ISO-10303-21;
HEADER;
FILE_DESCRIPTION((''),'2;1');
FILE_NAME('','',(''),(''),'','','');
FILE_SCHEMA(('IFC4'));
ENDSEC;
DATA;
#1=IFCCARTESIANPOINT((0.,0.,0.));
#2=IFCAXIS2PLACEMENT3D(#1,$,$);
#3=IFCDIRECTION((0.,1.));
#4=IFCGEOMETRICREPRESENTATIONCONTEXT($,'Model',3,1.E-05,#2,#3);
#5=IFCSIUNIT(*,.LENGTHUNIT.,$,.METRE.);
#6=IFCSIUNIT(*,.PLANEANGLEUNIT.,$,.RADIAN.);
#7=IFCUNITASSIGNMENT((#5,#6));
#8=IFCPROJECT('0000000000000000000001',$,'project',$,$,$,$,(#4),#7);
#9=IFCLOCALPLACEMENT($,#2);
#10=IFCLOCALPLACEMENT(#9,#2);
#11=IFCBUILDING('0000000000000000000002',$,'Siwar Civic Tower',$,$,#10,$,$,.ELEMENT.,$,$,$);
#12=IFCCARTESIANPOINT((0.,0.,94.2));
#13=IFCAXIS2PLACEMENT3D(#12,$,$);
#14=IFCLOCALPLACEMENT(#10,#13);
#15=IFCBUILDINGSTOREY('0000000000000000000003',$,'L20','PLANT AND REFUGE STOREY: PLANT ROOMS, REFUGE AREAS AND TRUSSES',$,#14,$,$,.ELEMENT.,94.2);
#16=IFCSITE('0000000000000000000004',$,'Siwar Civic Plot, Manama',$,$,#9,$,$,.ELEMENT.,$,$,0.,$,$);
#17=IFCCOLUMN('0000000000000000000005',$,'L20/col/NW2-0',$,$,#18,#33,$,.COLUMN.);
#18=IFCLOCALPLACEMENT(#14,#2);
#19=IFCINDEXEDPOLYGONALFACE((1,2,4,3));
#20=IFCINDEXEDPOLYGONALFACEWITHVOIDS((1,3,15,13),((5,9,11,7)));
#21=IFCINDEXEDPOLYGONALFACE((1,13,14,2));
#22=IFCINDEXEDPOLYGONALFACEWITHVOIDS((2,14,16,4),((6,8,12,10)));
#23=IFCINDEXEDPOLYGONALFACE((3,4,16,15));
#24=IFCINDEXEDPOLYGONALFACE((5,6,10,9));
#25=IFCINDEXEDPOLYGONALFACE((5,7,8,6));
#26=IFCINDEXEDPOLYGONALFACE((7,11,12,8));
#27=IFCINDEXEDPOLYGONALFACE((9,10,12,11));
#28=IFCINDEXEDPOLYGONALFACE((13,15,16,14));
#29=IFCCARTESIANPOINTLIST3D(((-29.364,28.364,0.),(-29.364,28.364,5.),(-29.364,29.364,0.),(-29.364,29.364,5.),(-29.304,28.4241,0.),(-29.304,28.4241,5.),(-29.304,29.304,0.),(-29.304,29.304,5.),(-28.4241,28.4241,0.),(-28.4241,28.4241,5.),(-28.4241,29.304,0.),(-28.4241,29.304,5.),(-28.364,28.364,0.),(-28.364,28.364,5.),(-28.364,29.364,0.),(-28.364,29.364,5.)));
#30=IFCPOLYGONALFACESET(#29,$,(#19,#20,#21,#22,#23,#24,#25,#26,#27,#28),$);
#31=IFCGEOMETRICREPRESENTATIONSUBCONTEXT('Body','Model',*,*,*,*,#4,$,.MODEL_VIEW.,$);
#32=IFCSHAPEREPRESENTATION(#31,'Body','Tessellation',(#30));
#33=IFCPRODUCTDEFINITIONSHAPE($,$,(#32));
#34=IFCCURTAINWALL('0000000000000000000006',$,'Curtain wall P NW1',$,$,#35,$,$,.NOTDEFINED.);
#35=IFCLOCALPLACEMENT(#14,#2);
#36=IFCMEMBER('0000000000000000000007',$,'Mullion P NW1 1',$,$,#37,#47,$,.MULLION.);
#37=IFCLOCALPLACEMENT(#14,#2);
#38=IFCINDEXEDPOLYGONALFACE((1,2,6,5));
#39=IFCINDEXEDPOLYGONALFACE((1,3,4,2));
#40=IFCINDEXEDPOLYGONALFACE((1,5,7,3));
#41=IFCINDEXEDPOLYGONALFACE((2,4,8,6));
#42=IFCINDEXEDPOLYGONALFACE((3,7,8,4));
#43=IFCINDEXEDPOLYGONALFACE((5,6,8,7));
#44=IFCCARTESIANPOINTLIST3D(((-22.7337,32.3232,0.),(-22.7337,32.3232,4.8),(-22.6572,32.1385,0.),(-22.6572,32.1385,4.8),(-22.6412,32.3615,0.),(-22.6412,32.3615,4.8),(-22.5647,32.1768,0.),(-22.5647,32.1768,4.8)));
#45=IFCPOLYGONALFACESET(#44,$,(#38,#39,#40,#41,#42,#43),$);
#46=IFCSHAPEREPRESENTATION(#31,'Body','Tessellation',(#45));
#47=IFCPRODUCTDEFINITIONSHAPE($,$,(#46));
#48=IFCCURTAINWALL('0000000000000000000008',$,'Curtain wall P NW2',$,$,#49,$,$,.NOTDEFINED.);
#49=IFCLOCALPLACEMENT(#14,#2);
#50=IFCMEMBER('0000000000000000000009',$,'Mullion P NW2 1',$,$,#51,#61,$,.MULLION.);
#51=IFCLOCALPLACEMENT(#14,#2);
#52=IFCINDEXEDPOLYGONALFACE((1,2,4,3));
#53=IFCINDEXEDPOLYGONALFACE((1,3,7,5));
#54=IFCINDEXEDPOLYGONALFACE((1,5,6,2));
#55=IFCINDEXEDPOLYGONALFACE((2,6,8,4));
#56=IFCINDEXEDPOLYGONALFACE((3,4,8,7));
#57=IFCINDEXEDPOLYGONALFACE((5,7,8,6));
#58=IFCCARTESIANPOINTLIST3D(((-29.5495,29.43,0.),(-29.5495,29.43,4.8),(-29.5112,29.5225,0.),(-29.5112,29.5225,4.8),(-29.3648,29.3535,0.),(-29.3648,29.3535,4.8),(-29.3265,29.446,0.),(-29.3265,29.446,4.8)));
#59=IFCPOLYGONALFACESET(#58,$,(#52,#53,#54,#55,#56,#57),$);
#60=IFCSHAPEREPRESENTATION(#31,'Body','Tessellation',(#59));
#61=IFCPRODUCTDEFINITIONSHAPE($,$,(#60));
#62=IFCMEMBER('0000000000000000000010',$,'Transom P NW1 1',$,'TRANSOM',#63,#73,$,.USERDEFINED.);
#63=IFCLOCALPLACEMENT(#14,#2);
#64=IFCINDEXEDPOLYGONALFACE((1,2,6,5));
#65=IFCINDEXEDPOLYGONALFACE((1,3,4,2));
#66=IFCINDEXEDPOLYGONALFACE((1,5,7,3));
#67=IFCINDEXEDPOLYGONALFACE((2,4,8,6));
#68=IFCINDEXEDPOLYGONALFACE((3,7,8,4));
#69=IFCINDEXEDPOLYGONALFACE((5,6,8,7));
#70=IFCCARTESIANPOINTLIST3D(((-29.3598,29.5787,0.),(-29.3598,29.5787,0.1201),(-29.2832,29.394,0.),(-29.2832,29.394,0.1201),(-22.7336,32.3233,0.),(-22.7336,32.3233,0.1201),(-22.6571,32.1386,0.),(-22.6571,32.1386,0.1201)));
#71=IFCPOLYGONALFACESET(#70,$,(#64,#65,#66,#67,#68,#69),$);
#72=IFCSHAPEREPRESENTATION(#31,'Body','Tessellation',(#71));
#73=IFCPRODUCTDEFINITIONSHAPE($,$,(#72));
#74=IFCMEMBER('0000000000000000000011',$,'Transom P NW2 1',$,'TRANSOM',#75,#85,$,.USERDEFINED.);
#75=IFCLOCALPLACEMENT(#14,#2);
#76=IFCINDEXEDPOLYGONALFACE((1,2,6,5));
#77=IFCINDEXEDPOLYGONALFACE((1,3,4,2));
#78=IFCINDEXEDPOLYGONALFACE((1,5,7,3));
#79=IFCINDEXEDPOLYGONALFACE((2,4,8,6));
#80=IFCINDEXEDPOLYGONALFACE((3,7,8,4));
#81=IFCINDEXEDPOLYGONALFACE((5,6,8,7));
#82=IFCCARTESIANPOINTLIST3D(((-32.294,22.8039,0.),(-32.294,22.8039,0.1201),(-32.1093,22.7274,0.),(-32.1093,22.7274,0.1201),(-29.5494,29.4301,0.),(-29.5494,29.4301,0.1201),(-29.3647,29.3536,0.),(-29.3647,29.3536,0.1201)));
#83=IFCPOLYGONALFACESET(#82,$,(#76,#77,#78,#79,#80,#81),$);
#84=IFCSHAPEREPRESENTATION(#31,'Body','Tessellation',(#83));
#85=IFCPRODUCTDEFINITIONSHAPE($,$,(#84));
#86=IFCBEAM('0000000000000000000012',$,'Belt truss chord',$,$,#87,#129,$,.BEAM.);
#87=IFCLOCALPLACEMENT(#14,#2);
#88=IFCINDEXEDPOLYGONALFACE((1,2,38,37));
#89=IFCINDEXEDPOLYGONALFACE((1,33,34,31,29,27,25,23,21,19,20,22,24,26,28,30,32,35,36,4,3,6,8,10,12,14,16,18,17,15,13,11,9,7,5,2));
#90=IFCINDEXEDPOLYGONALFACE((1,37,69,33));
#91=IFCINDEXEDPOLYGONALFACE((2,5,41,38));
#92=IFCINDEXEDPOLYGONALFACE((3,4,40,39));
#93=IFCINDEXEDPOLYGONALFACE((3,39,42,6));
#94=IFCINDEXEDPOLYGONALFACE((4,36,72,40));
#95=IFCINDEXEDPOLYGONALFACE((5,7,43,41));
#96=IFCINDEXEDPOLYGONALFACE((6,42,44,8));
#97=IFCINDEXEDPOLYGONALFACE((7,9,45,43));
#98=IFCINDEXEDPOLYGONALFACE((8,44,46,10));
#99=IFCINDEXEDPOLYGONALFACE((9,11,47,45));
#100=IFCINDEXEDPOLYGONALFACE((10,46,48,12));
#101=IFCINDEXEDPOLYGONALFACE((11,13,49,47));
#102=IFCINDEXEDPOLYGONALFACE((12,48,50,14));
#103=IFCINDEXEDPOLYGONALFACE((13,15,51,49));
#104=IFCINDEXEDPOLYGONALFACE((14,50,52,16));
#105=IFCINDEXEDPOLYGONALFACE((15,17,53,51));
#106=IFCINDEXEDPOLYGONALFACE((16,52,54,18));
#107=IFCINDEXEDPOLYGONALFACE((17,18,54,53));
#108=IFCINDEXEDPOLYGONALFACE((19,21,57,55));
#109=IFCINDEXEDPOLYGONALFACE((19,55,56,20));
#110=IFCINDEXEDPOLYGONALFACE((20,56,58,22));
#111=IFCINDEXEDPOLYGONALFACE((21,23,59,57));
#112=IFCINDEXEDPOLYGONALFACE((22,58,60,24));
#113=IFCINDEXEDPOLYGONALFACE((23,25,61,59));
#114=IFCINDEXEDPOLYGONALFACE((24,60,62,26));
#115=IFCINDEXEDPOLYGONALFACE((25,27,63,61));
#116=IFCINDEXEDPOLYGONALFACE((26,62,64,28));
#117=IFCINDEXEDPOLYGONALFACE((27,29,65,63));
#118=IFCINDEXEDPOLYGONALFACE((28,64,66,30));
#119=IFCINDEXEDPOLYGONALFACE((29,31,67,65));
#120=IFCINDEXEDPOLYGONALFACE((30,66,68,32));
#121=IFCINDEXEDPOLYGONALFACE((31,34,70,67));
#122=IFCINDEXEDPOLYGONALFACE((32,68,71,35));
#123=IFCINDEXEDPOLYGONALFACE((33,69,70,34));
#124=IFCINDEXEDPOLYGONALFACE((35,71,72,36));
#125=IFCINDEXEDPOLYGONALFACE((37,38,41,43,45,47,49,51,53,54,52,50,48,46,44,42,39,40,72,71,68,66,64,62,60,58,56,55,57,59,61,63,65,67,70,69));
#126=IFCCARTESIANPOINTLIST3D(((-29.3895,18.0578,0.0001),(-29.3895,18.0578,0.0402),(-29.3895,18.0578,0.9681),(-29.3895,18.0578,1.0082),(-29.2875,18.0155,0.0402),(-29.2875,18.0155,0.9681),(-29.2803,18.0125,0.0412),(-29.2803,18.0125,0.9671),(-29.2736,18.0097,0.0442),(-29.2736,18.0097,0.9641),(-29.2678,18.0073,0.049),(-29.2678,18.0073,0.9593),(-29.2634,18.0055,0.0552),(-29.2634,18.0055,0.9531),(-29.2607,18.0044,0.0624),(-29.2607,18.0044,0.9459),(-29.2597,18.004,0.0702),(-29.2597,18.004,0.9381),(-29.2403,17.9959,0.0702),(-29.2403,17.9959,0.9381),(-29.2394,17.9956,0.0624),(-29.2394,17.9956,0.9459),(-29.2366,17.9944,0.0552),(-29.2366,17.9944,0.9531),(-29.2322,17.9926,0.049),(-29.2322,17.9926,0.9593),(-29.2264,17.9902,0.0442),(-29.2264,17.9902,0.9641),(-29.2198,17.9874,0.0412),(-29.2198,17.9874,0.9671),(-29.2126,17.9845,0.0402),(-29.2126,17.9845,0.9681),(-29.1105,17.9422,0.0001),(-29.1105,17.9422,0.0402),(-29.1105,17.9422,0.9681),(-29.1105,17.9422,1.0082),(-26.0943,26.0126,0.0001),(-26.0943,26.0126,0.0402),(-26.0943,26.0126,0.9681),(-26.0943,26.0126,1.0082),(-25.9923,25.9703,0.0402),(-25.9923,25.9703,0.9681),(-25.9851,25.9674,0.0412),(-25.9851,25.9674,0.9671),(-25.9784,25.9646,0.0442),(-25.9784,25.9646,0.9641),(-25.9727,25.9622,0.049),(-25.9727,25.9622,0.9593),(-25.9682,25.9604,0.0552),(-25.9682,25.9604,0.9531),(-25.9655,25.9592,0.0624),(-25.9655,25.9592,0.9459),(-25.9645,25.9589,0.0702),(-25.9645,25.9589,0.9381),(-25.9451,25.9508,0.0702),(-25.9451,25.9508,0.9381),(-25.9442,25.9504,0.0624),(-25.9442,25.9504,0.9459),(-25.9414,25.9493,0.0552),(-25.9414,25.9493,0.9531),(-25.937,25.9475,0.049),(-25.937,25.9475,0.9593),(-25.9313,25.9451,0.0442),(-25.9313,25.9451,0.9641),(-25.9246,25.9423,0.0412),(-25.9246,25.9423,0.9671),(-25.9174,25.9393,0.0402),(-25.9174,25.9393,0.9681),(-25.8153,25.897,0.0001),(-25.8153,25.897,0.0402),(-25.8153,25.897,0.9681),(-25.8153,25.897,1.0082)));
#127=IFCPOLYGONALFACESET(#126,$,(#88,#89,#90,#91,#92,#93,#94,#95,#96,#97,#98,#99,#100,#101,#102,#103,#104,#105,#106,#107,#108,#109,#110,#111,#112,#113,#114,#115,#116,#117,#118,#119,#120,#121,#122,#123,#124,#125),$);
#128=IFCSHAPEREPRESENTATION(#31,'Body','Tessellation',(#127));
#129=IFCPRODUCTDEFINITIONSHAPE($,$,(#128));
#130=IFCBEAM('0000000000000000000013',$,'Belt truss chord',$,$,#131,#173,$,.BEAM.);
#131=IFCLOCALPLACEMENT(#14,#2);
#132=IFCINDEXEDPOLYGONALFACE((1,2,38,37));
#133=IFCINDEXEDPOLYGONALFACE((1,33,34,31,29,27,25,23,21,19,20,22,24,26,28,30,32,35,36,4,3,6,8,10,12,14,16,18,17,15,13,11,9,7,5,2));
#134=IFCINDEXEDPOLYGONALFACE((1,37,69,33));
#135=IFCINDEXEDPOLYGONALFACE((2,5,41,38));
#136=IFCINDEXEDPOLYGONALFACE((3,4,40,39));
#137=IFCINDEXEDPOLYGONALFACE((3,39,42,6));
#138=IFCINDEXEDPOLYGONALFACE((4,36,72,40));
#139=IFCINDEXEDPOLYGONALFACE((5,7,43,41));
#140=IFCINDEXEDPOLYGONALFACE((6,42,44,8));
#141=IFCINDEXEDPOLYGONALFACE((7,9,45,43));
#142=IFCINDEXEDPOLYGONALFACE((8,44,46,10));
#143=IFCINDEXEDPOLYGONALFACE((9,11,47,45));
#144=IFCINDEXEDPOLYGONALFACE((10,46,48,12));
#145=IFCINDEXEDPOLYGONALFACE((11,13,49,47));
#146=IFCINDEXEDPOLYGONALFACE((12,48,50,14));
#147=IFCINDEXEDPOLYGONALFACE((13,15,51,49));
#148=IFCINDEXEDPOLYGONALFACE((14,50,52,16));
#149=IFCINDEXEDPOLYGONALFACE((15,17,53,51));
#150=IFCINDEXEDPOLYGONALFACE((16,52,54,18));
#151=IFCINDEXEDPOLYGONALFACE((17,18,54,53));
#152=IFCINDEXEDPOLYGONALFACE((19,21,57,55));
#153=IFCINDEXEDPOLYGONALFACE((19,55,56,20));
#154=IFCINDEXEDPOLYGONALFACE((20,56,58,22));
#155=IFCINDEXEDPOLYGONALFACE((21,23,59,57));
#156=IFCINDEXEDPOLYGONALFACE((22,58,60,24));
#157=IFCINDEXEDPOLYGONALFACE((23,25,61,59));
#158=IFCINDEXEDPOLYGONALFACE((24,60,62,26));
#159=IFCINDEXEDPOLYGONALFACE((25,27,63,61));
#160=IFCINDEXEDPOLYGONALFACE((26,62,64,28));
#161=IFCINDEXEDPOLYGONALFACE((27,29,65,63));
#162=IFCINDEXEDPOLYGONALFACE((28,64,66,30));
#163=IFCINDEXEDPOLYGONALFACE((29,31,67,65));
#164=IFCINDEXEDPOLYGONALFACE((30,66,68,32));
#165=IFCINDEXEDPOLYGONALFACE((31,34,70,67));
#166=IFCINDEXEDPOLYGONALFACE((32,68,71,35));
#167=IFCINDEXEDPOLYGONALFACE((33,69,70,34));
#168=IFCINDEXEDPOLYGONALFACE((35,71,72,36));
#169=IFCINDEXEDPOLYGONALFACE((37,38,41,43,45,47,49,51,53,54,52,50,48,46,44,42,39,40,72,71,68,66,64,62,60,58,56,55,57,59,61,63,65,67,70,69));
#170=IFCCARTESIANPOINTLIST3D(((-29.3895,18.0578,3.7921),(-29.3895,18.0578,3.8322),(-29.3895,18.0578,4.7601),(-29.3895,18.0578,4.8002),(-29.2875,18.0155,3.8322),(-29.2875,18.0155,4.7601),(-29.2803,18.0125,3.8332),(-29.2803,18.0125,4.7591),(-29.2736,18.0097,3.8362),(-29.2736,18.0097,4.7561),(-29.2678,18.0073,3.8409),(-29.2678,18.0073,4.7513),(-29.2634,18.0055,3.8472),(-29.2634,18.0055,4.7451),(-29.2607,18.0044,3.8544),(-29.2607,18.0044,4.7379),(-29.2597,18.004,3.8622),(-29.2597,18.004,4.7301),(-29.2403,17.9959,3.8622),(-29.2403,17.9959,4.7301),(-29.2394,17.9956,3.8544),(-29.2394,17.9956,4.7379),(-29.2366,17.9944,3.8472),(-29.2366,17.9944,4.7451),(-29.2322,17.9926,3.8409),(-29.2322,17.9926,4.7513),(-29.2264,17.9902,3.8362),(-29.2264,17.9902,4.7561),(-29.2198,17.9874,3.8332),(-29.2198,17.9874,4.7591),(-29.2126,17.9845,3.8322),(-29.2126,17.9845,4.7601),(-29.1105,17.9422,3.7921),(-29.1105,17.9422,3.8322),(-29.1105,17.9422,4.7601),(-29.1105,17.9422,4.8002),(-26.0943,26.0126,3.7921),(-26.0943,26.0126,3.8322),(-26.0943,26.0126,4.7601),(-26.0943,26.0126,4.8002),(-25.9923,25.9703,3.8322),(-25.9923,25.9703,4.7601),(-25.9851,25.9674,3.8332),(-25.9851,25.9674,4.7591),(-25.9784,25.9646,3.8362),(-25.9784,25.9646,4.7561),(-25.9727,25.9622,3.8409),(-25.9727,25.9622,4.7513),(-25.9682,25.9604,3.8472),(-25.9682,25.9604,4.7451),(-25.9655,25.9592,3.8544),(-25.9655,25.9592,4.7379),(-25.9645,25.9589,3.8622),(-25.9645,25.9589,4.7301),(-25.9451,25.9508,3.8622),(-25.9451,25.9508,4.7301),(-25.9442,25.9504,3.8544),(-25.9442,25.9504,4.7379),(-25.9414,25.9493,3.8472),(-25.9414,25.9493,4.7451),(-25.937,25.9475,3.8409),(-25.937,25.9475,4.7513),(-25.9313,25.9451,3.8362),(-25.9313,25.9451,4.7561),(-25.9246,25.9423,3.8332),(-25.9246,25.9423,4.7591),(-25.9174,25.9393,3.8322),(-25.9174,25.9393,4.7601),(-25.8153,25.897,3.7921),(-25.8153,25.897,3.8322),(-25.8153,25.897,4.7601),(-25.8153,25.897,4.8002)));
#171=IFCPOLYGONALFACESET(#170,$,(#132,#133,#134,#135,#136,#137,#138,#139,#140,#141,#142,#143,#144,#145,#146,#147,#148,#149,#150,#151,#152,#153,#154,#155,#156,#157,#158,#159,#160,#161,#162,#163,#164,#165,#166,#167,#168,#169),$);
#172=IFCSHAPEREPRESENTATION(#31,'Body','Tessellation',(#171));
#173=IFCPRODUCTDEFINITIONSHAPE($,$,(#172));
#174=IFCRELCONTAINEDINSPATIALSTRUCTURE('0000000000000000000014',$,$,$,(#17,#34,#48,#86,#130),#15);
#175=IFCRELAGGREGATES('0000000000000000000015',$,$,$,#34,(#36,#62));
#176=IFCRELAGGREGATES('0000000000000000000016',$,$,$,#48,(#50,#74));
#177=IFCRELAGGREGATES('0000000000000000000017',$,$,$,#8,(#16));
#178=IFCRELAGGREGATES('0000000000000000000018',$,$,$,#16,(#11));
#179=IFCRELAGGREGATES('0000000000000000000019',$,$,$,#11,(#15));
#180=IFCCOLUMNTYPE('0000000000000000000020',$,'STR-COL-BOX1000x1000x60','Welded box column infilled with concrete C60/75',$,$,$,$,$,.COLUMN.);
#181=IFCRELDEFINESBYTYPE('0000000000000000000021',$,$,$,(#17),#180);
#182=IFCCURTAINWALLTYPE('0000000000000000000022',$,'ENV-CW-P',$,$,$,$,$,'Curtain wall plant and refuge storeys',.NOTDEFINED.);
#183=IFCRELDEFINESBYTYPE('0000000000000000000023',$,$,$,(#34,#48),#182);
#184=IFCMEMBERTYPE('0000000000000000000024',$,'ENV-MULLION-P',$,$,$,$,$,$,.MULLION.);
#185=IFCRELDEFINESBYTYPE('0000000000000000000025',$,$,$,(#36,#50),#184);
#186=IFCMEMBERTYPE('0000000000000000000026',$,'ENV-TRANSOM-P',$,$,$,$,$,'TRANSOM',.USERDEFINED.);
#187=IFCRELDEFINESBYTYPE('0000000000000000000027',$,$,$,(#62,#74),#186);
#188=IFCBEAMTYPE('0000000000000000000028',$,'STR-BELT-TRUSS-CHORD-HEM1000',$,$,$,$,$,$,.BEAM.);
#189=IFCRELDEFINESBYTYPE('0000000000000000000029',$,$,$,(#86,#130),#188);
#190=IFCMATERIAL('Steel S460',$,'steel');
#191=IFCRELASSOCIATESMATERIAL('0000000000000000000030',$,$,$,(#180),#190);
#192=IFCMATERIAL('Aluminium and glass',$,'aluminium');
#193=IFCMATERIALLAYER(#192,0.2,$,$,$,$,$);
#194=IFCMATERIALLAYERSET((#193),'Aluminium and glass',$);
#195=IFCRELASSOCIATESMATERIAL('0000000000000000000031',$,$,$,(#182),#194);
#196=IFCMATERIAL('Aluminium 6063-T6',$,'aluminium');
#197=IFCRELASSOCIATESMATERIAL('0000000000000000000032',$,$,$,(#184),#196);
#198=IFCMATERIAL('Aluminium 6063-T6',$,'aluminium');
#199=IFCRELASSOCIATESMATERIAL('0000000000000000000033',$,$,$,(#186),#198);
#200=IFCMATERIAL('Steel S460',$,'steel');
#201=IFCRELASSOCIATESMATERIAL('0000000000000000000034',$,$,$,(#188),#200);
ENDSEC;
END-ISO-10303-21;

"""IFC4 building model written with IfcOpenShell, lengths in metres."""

from ifc_helpers import new_model, si_unit, direction, frame, origin, origin_2d, place, context, subcontext, project, spatial, rectangle, hollow_rectangle, i_section, extrude, material, layer, layer_set, material_profile, profile_set, type_object, element, aggregate, save


model = new_model("IFC4")

# Units and contexts
model_context = context("Model", 3, precision=1e-05, world=origin(), true_north=direction((0.0, 1.0)))
body_context = subcontext(model_context, "Body", "Model", "MODEL_VIEW")
ifc_project = project(units=[si_unit("LENGTHUNIT", "METRE"), si_unit("PLANEANGLEUNIT", "RADIAN")], contexts=[model_context])

# Site, building, storey
site_placement = place(None, origin())
site = spatial("IfcSite", under=ifc_project, at=site_placement, Name="Siwar Civic Plot, Manama", CompositionType="ELEMENT", RefElevation=0.0)
building_placement = place(site_placement, origin())
building = spatial("IfcBuilding", under=site, at=building_placement, Name="Siwar Civic Tower", CompositionType="ELEMENT")
storey_placement = place(building_placement, frame((0.0, 0.0, 94.2)))
storey = spatial("IfcBuildingStorey", under=building, at=storey_placement, Name="L20", Description="PLANT AND REFUGE STOREY: PLANT ROOMS, REFUGE AREAS AND TRUSSES", CompositionType="ELEMENT", Elevation=94.2)

# Column
ifc_material_1 = material(Name="Steel S460", Category="steel")
ifc_material_profile_1 = material_profile(ifc_material_1, hollow_rectangle(XDim=1.0, YDim=1.0, WallThickness=0.0601, at=origin_2d()), Name="BOX1000x1000x60")
ifc_profile_set_1 = profile_set([ifc_material_profile_1], Name="Steel S460")
column_type = type_object("IfcColumnType", Name="STR-COL-BOX1000x1000x60", Description="Welded box column infilled with concrete C60/75", PredefinedType="COLUMN", material=ifc_profile_set_1)
column_placement = place(storey_placement, frame((-28.864, 28.864, 0.0), z_axis=(0.0, 0.0, 1.0), x_axis=(1.0, 0.0, 0.0)))
element("IfcColumn", 1, at=column_placement, inside=storey, type_object=column_type, Name="L20/col/NW2-0", PredefinedType="COLUMN", context=body_context, shape_type="SweptSolid", body=[
    extrude(hollow_rectangle(XDim=1.0, YDim=1.0, WallThickness=0.0601, at=origin_2d()), origin(), (0.0, 0.0, 1.0), 5.0),
])

# Curtain walls, members
ifc_material_2 = material(Name="Aluminium and glass", Category="aluminium")
ifc_layer_1 = layer(ifc_material_2, 0.2)
ifc_layer_set_1 = layer_set([ifc_layer_1], Name="Aluminium and glass")
curtain_wall_type = type_object("IfcCurtainWallType", Name="ENV-CW-P", ElementType="Curtain wall plant and refuge storeys", PredefinedType="NOTDEFINED", material=ifc_layer_set_1)
curtain_wall_1_placement = place(storey_placement, origin())
curtain_wall_1 = element("IfcCurtainWall", 2, at=curtain_wall_1_placement, inside=storey, type_object=curtain_wall_type, Name="Curtain wall P NW1", PredefinedType="NOTDEFINED")
ifc_material_3 = material(Name="Aluminium 6063-T6", Category="aluminium")
ifc_material_profile_2 = material_profile(ifc_material_3, rectangle(XDim=0.2, YDim=0.1001, at=origin_2d()), Name="AL 200x100")
ifc_profile_set_2 = profile_set([ifc_material_profile_2], Name="Aluminium 6063-T6")
member_type_1 = type_object("IfcMemberType", Name="ENV-MULLION-P", PredefinedType="MULLION", material=ifc_profile_set_2)
member_1_placement = place(storey_placement, frame((-22.6492, 32.25, 0.0), z_axis=(0.0, 0.0, 1.0), x_axis=(0.382683, -0.92388, 0.0)))
member_1 = element("IfcMember", 3, at=member_1_placement, type_object=member_type_1, Name="Mullion P NW1 1", PredefinedType="MULLION", context=body_context, shape_type="SweptSolid", body=[
    extrude(rectangle(XDim=0.2, YDim=0.1001, at=origin_2d()), origin(), (0.0, 0.0, 1.0), 4.8),
])
curtain_wall_2_placement = place(storey_placement, origin())
curtain_wall_2 = element("IfcCurtainWall", 4, at=curtain_wall_2_placement, inside=storey, type_object=curtain_wall_type, Name="Curtain wall P NW2", PredefinedType="NOTDEFINED")
member_2_placement = place(storey_placement, frame((-29.438, 29.438, 0.0), z_axis=(0.0, 0.0, 1.0), x_axis=(0.92388, -0.382683, 0.0)))
member_2 = element("IfcMember", 5, at=member_2_placement, type_object=member_type_1, Name="Mullion P NW2 1", PredefinedType="MULLION", context=body_context, shape_type="SweptSolid", body=[
    extrude(rectangle(XDim=0.2, YDim=0.1001, at=origin_2d()), origin(), (0.0, 0.0, 1.0), 4.8),
])

# Members
ifc_material_4 = material(Name="Aluminium 6063-T6", Category="aluminium")
ifc_material_profile_3 = material_profile(ifc_material_4, rectangle(XDim=0.2, YDim=0.1201, at=origin_2d()), Name="AL 200x120")
ifc_profile_set_3 = profile_set([ifc_material_profile_3], Name="Aluminium 6063-T6")
member_type_2 = type_object("IfcMemberType", Name="ENV-TRANSOM-P", ElementType="TRANSOM", PredefinedType="USERDEFINED", material=ifc_profile_set_3)
member_3_placement = place(storey_placement, frame((-22.6953, 32.231, 0.0601), z_axis=(-0.923882, -0.382678, 0.0), x_axis=(0.382678, -0.923882, 0.0)))
member_3 = element("IfcMember", 6, at=member_3_placement, type_object=member_type_2, Name="Transom P NW1 1", ObjectType="TRANSOM", PredefinedType="USERDEFINED", context=body_context, shape_type="SweptSolid", body=[
    extrude(rectangle(XDim=0.2, YDim=0.1201, at=origin_2d()), origin(), (0.0, 0.0, 1.0), 7.1721),
])
member_4_placement = place(storey_placement, frame((-29.457, 29.3918, 0.0601), z_axis=(-0.382678, -0.923882, 0.0), x_axis=(0.923882, -0.382678, 0.0)))
member_4 = element("IfcMember", 7, at=member_4_placement, type_object=member_type_2, Name="Transom P NW2 1", ObjectType="TRANSOM", PredefinedType="USERDEFINED", context=body_context, shape_type="SweptSolid", body=[
    extrude(rectangle(XDim=0.2, YDim=0.1201, at=origin_2d()), origin(), (0.0, 0.0, 1.0), 7.1721),
])

# Beams
ifc_material_5 = material(Name="Steel S460", Category="steel")
ifc_material_profile_4 = material_profile(ifc_material_5, i_section(OverallWidth=0.302, OverallDepth=1.0081, WebThickness=0.021, FlangeThickness=0.04, FilletRadius=0.03, at=origin_2d()), Name="HEM1000")
ifc_profile_set_4 = profile_set([ifc_material_profile_4], Name="Steel S460")
beam_type_1 = type_object("IfcBeamType", Name="STR-BELT-TRUSS-CHORD-HEM1000", PredefinedType="BEAM", material=ifc_profile_set_4)
for number, where, z_axis, x_axis, name in (
    (8, (-25.9548, 25.9548, 0.5042), (-0.3827, -0.923873, 0.0), (0.923873, -0.3827, 0.0), "Belt truss chord"),
    (9, (-25.9548, 25.9548, 4.2961), (-0.3827, -0.923873, 0.0), (0.923873, -0.3827, 0.0), "Belt truss chord"),
):
    element("IfcBeam", number, at=place(storey_placement, frame(where, z_axis=z_axis, x_axis=x_axis)), inside=storey, type_object=beam_type_1, Name=name, PredefinedType="BEAM", context=body_context, shape_type="SweptSolid", body=[
        extrude(i_section(OverallWidth=0.302, OverallDepth=1.0081, WebThickness=0.021, FlangeThickness=0.04, FilletRadius=0.03, at=origin_2d()), origin(), (0.0, 0.0, 1.0), 8.6104),
    ])

aggregate(curtain_wall_1, [member_1, member_3])
aggregate(curtain_wall_2, [member_2, member_4])

save(model, "model.ifc")
